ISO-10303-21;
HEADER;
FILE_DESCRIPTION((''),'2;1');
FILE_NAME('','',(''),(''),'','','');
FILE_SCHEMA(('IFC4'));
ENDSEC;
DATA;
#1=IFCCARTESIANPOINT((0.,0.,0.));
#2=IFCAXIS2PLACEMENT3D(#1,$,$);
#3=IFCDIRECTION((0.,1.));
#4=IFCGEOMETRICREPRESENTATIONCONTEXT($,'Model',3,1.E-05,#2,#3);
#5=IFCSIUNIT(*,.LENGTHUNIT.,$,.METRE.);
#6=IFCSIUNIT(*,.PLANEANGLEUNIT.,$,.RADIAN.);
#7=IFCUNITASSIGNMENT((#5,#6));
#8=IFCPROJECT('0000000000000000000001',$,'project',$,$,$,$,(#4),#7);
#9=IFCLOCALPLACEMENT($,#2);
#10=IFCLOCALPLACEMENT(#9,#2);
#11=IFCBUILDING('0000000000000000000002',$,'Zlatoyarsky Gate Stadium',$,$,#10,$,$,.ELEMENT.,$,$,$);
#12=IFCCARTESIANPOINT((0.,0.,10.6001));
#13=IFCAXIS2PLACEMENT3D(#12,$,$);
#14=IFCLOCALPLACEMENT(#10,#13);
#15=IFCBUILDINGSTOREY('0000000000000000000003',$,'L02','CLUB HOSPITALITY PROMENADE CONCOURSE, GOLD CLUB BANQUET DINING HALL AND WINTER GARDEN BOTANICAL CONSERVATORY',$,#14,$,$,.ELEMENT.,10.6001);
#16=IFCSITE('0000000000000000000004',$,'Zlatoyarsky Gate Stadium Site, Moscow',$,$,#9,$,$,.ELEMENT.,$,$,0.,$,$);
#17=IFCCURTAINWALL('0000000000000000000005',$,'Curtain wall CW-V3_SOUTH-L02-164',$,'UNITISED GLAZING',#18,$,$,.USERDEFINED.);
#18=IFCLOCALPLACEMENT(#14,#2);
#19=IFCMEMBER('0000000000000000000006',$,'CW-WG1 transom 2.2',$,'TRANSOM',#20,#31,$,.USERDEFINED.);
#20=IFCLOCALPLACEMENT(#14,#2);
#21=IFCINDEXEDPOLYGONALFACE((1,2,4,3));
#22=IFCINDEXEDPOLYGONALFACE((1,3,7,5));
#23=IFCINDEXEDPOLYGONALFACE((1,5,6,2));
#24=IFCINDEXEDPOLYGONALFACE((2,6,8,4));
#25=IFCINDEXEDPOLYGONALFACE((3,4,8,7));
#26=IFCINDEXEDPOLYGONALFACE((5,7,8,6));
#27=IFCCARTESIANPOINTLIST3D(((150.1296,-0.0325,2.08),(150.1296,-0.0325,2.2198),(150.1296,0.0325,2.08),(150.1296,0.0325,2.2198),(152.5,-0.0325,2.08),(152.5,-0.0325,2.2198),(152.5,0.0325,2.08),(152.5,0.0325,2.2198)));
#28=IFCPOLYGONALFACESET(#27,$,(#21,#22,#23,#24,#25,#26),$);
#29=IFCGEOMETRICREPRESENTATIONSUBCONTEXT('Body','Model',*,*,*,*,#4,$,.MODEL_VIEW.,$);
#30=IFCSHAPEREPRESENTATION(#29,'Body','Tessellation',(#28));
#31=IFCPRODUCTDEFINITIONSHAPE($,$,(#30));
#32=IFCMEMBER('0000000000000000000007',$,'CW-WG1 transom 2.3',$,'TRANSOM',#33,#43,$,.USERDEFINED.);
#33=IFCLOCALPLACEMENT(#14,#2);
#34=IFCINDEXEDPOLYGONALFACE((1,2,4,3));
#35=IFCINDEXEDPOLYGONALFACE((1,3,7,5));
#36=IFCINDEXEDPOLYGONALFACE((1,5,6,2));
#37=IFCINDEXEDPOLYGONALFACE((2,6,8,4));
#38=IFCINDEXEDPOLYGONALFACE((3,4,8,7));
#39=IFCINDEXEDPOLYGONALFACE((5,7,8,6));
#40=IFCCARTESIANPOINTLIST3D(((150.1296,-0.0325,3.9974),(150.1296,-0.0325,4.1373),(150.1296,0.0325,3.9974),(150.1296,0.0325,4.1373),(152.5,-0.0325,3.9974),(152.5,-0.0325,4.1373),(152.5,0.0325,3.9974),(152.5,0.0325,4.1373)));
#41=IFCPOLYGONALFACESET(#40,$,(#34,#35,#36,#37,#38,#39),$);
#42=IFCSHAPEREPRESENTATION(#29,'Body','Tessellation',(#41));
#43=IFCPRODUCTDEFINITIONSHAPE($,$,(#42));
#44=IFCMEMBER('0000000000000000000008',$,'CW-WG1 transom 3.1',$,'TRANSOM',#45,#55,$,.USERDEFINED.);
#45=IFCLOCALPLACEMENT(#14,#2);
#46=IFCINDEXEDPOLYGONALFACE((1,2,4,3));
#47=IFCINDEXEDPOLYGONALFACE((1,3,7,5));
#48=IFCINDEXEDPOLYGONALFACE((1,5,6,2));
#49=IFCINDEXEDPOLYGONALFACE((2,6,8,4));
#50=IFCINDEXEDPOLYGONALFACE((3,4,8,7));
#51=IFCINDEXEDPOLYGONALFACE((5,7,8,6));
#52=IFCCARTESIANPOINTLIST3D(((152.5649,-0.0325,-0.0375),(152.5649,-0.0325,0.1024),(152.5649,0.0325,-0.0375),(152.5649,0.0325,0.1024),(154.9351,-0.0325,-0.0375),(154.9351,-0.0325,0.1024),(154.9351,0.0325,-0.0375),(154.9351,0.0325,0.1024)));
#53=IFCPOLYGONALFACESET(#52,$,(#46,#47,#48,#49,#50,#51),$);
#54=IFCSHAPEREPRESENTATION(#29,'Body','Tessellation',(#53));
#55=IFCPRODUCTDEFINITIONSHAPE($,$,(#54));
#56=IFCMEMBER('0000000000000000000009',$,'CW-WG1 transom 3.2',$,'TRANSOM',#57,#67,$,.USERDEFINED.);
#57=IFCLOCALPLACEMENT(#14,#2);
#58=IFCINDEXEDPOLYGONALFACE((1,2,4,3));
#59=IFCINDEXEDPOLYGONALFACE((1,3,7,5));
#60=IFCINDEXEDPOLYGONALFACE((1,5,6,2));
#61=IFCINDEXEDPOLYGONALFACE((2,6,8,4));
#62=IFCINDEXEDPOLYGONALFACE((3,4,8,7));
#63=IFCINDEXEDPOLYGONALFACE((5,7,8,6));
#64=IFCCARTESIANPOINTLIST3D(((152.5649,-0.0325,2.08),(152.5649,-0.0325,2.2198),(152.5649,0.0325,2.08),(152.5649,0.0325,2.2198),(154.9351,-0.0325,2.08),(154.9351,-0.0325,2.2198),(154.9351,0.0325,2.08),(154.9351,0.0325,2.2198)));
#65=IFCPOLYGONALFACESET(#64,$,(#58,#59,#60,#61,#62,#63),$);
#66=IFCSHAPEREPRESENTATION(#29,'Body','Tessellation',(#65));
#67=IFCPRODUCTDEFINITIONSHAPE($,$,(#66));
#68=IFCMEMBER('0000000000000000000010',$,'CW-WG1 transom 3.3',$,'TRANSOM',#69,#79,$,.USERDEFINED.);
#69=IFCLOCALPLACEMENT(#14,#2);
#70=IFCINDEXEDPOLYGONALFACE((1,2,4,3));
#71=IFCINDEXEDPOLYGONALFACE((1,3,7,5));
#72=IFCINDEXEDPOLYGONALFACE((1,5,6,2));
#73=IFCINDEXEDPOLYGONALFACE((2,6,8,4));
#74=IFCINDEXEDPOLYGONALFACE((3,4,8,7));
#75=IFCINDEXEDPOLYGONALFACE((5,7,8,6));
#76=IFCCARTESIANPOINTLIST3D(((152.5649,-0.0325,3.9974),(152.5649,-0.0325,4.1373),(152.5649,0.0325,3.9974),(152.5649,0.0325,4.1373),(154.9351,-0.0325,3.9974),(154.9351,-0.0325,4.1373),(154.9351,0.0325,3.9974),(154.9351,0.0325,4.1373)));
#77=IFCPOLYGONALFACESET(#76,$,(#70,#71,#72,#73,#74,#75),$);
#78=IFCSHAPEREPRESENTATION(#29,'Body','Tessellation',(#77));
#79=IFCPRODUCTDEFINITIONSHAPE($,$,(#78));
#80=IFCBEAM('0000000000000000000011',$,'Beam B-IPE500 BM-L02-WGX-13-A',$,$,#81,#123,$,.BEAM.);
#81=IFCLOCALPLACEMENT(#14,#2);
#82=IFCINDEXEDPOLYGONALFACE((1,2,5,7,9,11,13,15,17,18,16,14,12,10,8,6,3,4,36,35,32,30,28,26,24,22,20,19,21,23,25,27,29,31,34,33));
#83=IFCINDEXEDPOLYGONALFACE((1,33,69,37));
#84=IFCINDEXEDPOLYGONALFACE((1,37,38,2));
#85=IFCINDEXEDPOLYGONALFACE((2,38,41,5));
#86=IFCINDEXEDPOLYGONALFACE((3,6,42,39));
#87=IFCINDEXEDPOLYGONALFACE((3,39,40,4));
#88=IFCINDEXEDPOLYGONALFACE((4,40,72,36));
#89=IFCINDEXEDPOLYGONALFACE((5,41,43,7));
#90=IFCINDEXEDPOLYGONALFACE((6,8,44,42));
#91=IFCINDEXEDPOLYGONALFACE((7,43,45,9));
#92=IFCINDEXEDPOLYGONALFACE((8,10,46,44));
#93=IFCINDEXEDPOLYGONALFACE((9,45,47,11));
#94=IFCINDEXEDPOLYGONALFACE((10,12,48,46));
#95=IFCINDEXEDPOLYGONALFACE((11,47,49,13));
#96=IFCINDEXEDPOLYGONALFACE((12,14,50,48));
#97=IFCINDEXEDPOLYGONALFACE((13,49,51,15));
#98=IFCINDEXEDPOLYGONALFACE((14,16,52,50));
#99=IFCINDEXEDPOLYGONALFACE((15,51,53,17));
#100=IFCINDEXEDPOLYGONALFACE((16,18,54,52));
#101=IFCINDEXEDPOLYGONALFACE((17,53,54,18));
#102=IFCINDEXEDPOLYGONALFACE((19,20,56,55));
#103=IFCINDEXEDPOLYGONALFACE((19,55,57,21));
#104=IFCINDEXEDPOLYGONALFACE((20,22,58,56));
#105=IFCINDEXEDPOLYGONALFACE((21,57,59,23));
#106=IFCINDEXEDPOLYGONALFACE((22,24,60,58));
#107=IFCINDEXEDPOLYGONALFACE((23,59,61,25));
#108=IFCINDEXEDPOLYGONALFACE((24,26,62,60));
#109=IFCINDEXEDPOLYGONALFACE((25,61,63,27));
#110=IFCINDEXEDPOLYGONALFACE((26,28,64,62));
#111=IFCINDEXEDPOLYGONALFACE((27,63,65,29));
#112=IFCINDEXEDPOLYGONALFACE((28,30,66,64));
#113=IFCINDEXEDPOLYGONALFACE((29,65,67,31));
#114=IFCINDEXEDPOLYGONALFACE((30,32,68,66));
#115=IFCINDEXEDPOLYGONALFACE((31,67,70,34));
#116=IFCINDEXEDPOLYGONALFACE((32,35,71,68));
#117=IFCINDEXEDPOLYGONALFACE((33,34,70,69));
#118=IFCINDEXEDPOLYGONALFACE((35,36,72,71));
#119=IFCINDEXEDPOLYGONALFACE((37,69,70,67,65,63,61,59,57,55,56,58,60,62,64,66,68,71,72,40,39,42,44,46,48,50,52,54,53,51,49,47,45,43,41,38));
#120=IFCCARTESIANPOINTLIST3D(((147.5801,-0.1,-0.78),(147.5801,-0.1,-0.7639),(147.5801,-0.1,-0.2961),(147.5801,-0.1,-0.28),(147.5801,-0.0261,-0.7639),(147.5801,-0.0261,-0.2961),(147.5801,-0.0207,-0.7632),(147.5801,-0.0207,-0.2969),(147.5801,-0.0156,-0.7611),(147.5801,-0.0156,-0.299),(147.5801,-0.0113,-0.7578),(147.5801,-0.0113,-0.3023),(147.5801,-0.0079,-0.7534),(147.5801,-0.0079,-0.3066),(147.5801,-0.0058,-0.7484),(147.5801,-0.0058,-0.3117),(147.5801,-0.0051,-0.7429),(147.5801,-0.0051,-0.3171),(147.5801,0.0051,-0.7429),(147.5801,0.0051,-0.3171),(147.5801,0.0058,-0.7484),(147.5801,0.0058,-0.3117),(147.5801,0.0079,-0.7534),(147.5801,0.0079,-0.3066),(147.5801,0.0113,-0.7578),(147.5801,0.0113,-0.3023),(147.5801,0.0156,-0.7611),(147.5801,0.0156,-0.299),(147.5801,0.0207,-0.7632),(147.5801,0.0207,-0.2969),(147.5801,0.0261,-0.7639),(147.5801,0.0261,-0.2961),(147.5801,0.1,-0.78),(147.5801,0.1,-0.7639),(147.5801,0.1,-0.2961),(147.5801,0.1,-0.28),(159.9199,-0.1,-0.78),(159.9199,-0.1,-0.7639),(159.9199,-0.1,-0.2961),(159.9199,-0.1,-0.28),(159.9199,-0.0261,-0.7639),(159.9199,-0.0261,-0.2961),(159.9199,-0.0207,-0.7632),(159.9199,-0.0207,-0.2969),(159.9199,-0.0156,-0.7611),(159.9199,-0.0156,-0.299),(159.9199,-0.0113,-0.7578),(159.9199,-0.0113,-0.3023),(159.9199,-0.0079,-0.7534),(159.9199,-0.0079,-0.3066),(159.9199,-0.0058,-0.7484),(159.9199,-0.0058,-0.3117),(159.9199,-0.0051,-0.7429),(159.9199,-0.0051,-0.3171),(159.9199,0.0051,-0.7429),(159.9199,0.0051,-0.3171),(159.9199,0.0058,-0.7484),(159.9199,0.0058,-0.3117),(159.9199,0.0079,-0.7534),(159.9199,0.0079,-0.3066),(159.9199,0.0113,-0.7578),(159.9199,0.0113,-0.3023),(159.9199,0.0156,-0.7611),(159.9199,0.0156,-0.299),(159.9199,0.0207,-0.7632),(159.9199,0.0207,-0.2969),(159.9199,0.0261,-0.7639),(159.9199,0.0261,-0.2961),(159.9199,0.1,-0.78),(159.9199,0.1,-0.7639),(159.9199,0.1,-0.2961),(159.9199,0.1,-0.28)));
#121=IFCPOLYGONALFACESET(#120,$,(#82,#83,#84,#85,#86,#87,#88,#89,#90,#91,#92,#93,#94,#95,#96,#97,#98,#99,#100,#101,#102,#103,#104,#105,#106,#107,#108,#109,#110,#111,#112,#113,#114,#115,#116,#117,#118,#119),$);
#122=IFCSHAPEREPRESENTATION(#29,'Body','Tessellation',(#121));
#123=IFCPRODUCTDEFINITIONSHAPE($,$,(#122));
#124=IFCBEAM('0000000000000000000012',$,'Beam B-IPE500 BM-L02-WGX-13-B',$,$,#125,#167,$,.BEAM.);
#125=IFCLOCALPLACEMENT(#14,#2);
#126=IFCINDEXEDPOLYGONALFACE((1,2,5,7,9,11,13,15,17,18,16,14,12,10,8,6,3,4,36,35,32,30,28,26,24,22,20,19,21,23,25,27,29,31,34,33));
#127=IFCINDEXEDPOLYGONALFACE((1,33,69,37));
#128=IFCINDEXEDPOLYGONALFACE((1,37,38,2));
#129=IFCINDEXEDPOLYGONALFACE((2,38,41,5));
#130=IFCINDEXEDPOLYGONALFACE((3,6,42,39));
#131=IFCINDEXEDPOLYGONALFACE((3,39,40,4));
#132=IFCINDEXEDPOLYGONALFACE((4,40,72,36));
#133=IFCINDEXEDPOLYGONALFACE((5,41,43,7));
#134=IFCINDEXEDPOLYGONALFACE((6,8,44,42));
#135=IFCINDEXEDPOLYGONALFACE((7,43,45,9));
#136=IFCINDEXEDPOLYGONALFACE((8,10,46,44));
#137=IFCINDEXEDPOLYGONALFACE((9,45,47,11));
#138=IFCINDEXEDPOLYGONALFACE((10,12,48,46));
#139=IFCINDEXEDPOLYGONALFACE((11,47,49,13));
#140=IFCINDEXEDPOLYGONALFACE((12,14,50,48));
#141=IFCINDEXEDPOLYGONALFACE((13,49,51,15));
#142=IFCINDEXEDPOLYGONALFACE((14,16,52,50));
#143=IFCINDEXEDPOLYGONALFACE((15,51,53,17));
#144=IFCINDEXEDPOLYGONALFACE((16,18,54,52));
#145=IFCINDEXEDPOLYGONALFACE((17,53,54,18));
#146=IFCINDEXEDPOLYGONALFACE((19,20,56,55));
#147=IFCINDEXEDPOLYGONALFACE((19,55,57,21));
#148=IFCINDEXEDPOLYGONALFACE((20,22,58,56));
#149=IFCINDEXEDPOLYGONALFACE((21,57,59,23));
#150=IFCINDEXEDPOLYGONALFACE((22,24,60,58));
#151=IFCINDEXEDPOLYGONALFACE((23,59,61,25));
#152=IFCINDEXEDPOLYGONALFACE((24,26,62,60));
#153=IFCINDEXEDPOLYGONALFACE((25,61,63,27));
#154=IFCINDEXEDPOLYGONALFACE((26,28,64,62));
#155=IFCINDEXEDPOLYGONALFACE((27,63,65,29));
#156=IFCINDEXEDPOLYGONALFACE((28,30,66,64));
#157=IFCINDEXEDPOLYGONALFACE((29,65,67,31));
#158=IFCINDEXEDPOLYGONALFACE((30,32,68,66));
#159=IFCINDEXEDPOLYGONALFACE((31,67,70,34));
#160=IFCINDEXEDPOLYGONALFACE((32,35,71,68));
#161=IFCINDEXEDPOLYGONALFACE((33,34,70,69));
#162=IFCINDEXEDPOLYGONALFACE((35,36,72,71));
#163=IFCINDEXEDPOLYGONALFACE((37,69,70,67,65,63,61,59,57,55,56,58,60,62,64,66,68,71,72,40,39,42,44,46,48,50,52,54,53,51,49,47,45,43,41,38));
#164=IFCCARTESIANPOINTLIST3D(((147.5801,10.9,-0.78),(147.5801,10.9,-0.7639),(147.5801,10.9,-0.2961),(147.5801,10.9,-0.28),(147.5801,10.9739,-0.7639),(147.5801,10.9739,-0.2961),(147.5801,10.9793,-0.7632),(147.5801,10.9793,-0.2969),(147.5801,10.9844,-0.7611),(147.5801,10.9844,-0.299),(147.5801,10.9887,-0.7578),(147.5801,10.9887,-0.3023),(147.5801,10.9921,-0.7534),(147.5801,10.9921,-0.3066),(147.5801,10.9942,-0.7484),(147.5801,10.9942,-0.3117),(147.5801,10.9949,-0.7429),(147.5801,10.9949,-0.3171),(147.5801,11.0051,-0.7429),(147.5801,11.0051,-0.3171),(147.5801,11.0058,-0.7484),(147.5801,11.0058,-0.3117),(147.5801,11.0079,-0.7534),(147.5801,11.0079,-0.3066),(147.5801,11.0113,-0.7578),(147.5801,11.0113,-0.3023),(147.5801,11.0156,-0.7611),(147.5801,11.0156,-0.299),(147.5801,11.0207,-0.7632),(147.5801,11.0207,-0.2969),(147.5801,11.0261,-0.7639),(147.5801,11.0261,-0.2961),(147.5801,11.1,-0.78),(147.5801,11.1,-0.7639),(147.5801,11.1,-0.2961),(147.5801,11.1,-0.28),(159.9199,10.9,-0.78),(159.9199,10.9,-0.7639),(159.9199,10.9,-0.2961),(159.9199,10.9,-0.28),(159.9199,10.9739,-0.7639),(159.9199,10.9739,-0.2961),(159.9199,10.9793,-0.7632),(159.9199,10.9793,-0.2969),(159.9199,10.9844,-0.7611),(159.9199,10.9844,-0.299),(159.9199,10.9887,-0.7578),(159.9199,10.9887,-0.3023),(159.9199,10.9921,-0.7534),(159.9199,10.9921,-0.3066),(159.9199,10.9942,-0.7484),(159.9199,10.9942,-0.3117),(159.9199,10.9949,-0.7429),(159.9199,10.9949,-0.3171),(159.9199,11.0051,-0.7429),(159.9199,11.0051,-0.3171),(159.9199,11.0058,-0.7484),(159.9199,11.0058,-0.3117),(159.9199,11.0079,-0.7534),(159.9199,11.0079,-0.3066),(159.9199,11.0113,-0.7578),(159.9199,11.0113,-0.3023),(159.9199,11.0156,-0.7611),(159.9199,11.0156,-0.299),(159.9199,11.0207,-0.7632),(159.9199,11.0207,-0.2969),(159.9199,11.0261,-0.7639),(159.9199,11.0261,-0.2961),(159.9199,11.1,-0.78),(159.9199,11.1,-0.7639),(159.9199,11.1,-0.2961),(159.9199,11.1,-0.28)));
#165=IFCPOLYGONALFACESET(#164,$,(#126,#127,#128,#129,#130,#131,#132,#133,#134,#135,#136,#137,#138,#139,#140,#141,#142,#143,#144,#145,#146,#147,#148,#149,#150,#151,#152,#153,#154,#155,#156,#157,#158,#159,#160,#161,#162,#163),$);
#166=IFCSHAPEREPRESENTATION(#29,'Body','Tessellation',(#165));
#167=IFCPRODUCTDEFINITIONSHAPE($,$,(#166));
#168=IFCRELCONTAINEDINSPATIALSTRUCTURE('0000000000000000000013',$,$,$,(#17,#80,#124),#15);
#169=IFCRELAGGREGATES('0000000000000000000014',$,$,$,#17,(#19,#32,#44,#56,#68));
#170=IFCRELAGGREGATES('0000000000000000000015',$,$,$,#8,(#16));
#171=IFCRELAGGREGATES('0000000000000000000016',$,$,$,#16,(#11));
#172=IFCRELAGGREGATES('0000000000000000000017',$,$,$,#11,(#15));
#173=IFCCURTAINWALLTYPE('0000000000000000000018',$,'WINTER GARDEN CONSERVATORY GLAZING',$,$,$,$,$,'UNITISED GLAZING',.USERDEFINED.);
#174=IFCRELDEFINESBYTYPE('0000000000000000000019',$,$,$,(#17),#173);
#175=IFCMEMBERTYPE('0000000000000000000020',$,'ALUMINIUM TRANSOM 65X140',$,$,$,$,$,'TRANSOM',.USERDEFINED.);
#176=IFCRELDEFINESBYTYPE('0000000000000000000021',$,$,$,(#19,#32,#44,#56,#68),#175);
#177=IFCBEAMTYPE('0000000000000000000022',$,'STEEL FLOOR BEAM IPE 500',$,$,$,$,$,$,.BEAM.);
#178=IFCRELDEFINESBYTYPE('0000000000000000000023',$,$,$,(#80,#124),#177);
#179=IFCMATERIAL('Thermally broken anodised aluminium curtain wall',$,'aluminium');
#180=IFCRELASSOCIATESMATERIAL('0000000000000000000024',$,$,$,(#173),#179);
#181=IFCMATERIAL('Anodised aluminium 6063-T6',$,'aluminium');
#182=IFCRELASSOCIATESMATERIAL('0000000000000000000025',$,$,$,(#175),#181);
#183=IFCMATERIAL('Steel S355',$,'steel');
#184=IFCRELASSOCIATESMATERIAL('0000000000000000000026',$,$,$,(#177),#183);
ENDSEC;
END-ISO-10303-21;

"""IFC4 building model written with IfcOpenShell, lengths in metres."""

from ifc_helpers import new_model, si_unit, direction, frame, origin, origin_2d, place, context, subcontext, project, spatial, rectangle, i_section, extrude, material, material_profile, profile_set, type_object, element, aggregate, save


model = new_model("IFC4")

# Units and contexts
model_context = context("Model", 3, precision=1e-05, world=origin(), true_north=direction((0.0, 1.0)))
body_context = subcontext(model_context, "Body", "Model", "MODEL_VIEW")
ifc_project = project(units=[si_unit("LENGTHUNIT", "METRE"), si_unit("PLANEANGLEUNIT", "RADIAN")], contexts=[model_context])

# Site, building, storey
site_placement = place(None, origin())
site = spatial("IfcSite", under=ifc_project, at=site_placement, Name="Zlatoyarsky Gate Stadium Site, Moscow", CompositionType="ELEMENT", RefElevation=0.0)
building_placement = place(site_placement, origin())
building = spatial("IfcBuilding", under=site, at=building_placement, Name="Zlatoyarsky Gate Stadium", CompositionType="ELEMENT")
storey_placement = place(building_placement, frame((0.0, 0.0, 10.6001)))
storey = spatial("IfcBuildingStorey", under=building, at=storey_placement, Name="L02", Description="CLUB HOSPITALITY PROMENADE CONCOURSE, GOLD CLUB BANQUET DINING HALL AND WINTER GARDEN BOTANICAL CONSERVATORY", CompositionType="ELEMENT", Elevation=10.6001)

# Shared definitions
ifc_material_1 = material(Name="Steel S355", Category="steel")

# Curtain wall, members
ifc_material_2 = material(Name="Thermally broken anodised aluminium curtain wall", Category="aluminium")
curtain_wall_type = type_object("IfcCurtainWallType", Name="WINTER GARDEN CONSERVATORY GLAZING", ElementType="UNITISED GLAZING", PredefinedType="USERDEFINED", material=ifc_material_2)
curtain_wall_placement = place(storey_placement, origin())
curtain_wall = element("IfcCurtainWall", 1, at=curtain_wall_placement, inside=storey, type_object=curtain_wall_type, Name="Curtain wall CW-V3_SOUTH-L02-164", ObjectType="UNITISED GLAZING", PredefinedType="USERDEFINED")
ifc_material_3 = material(Name="Anodised aluminium 6063-T6", Category="aluminium")
ifc_material_profile_1 = material_profile(ifc_material_3, rectangle(XDim=0.0649, YDim=0.1399, at=origin_2d()), Name="ALU 65X140")
ifc_profile_set_1 = profile_set([ifc_material_profile_1], Name="Anodised aluminium 6063-T6")
member_type_1 = type_object("IfcMemberType", Name="ALUMINIUM TRANSOM 65X140", ElementType="TRANSOM", PredefinedType="USERDEFINED", material=ifc_profile_set_1)
member_1_placement = place(storey_placement, frame((150.1296, 0.0, 2.1499), z_axis=(1.0, 0.0, 0.0), x_axis=(0.0, 1.0, 0.0)))
member_1 = element("IfcMember", 2, at=member_1_placement, type_object=member_type_1, Name="CW-WG1 transom 2.2", ObjectType="TRANSOM", PredefinedType="USERDEFINED", context=body_context, shape_type="SweptSolid", body=[
    extrude(rectangle(XDim=0.0649, YDim=0.1399, at=origin_2d()), origin(), (0.0, 0.0, 1.0), 2.3704),
])
member_2_placement = place(storey_placement, frame((150.1296, 0.0, 4.0674), z_axis=(1.0, 0.0, 0.0), x_axis=(0.0, 1.0, 0.0)))
member_2 = element("IfcMember", 3, at=member_2_placement, type_object=member_type_1, Name="CW-WG1 transom 2.3", ObjectType="TRANSOM", PredefinedType="USERDEFINED", context=body_context, shape_type="SweptSolid", body=[
    extrude(rectangle(XDim=0.0649, YDim=0.1399, at=origin_2d()), origin(), (0.0, 0.0, 1.0), 2.3704),
])
member_3_placement = place(storey_placement, frame((152.5649, 0.0, 0.0325), z_axis=(1.0, 0.0, 0.0), x_axis=(0.0, 1.0, 0.0)))
member_3 = element("IfcMember", 4, at=member_3_placement, type_object=member_type_1, Name="CW-WG1 transom 3.1", ObjectType="TRANSOM", PredefinedType="USERDEFINED", context=body_context, shape_type="SweptSolid", body=[
    extrude(rectangle(XDim=0.0649, YDim=0.1399, at=origin_2d()), origin(), (0.0, 0.0, 1.0), 2.3701),
])
member_4_placement = place(storey_placement, frame((152.5649, 0.0, 2.1499), z_axis=(1.0, 0.0, 0.0), x_axis=(0.0, 1.0, 0.0)))
member_4 = element("IfcMember", 5, at=member_4_placement, type_object=member_type_1, Name="CW-WG1 transom 3.2", ObjectType="TRANSOM", PredefinedType="USERDEFINED", context=body_context, shape_type="SweptSolid", body=[
    extrude(rectangle(XDim=0.0649, YDim=0.1399, at=origin_2d()), origin(), (0.0, 0.0, 1.0), 2.3701),
])
member_5_placement = place(storey_placement, frame((152.5649, 0.0, 4.0674), z_axis=(1.0, 0.0, 0.0), x_axis=(0.0, 1.0, 0.0)))
member_5 = element("IfcMember", 6, at=member_5_placement, type_object=member_type_1, Name="CW-WG1 transom 3.3", ObjectType="TRANSOM", PredefinedType="USERDEFINED", context=body_context, shape_type="SweptSolid", body=[
    extrude(rectangle(XDim=0.0649, YDim=0.1399, at=origin_2d()), origin(), (0.0, 0.0, 1.0), 2.3701),
])

# Beams
ifc_material_profile_2 = material_profile(ifc_material_1, i_section(OverallWidth=0.2, OverallDepth=0.5, WebThickness=0.0103, FlangeThickness=0.0161, FilletRadius=0.021, at=origin_2d()), Name="IPE 500")
ifc_profile_set_2 = profile_set([ifc_material_profile_2], Name="Steel S355")
beam_type_1 = type_object("IfcBeamType", Name="STEEL FLOOR BEAM IPE 500", PredefinedType="BEAM", material=ifc_profile_set_2)
for number, where, z_axis, x_axis, name in (
    (7, (147.5801, 0.0, -0.53), (1.0, 0.0, 0.0), (0.0, 1.0, 0.0), "Beam B-IPE500 BM-L02-WGX-13-A"),
    (8, (147.5801, 11.0, -0.53), (1.0, 0.0, 0.0), (0.0, 1.0, 0.0), "Beam B-IPE500 BM-L02-WGX-13-B"),
):
    element("IfcBeam", number, at=place(storey_placement, frame(where, z_axis=z_axis, x_axis=x_axis)), inside=storey, type_object=beam_type_1, Name=name, PredefinedType="BEAM", context=body_context, shape_type="SweptSolid", body=[
        extrude(i_section(OverallWidth=0.2, OverallDepth=0.5, WebThickness=0.0103, FlangeThickness=0.0161, FilletRadius=0.021, at=origin_2d()), origin(), (0.0, 0.0, 1.0), 12.3398),
    ])

aggregate(curtain_wall, [member_1, member_2, member_3, member_4, member_5])

save(model, "model.ifc")
